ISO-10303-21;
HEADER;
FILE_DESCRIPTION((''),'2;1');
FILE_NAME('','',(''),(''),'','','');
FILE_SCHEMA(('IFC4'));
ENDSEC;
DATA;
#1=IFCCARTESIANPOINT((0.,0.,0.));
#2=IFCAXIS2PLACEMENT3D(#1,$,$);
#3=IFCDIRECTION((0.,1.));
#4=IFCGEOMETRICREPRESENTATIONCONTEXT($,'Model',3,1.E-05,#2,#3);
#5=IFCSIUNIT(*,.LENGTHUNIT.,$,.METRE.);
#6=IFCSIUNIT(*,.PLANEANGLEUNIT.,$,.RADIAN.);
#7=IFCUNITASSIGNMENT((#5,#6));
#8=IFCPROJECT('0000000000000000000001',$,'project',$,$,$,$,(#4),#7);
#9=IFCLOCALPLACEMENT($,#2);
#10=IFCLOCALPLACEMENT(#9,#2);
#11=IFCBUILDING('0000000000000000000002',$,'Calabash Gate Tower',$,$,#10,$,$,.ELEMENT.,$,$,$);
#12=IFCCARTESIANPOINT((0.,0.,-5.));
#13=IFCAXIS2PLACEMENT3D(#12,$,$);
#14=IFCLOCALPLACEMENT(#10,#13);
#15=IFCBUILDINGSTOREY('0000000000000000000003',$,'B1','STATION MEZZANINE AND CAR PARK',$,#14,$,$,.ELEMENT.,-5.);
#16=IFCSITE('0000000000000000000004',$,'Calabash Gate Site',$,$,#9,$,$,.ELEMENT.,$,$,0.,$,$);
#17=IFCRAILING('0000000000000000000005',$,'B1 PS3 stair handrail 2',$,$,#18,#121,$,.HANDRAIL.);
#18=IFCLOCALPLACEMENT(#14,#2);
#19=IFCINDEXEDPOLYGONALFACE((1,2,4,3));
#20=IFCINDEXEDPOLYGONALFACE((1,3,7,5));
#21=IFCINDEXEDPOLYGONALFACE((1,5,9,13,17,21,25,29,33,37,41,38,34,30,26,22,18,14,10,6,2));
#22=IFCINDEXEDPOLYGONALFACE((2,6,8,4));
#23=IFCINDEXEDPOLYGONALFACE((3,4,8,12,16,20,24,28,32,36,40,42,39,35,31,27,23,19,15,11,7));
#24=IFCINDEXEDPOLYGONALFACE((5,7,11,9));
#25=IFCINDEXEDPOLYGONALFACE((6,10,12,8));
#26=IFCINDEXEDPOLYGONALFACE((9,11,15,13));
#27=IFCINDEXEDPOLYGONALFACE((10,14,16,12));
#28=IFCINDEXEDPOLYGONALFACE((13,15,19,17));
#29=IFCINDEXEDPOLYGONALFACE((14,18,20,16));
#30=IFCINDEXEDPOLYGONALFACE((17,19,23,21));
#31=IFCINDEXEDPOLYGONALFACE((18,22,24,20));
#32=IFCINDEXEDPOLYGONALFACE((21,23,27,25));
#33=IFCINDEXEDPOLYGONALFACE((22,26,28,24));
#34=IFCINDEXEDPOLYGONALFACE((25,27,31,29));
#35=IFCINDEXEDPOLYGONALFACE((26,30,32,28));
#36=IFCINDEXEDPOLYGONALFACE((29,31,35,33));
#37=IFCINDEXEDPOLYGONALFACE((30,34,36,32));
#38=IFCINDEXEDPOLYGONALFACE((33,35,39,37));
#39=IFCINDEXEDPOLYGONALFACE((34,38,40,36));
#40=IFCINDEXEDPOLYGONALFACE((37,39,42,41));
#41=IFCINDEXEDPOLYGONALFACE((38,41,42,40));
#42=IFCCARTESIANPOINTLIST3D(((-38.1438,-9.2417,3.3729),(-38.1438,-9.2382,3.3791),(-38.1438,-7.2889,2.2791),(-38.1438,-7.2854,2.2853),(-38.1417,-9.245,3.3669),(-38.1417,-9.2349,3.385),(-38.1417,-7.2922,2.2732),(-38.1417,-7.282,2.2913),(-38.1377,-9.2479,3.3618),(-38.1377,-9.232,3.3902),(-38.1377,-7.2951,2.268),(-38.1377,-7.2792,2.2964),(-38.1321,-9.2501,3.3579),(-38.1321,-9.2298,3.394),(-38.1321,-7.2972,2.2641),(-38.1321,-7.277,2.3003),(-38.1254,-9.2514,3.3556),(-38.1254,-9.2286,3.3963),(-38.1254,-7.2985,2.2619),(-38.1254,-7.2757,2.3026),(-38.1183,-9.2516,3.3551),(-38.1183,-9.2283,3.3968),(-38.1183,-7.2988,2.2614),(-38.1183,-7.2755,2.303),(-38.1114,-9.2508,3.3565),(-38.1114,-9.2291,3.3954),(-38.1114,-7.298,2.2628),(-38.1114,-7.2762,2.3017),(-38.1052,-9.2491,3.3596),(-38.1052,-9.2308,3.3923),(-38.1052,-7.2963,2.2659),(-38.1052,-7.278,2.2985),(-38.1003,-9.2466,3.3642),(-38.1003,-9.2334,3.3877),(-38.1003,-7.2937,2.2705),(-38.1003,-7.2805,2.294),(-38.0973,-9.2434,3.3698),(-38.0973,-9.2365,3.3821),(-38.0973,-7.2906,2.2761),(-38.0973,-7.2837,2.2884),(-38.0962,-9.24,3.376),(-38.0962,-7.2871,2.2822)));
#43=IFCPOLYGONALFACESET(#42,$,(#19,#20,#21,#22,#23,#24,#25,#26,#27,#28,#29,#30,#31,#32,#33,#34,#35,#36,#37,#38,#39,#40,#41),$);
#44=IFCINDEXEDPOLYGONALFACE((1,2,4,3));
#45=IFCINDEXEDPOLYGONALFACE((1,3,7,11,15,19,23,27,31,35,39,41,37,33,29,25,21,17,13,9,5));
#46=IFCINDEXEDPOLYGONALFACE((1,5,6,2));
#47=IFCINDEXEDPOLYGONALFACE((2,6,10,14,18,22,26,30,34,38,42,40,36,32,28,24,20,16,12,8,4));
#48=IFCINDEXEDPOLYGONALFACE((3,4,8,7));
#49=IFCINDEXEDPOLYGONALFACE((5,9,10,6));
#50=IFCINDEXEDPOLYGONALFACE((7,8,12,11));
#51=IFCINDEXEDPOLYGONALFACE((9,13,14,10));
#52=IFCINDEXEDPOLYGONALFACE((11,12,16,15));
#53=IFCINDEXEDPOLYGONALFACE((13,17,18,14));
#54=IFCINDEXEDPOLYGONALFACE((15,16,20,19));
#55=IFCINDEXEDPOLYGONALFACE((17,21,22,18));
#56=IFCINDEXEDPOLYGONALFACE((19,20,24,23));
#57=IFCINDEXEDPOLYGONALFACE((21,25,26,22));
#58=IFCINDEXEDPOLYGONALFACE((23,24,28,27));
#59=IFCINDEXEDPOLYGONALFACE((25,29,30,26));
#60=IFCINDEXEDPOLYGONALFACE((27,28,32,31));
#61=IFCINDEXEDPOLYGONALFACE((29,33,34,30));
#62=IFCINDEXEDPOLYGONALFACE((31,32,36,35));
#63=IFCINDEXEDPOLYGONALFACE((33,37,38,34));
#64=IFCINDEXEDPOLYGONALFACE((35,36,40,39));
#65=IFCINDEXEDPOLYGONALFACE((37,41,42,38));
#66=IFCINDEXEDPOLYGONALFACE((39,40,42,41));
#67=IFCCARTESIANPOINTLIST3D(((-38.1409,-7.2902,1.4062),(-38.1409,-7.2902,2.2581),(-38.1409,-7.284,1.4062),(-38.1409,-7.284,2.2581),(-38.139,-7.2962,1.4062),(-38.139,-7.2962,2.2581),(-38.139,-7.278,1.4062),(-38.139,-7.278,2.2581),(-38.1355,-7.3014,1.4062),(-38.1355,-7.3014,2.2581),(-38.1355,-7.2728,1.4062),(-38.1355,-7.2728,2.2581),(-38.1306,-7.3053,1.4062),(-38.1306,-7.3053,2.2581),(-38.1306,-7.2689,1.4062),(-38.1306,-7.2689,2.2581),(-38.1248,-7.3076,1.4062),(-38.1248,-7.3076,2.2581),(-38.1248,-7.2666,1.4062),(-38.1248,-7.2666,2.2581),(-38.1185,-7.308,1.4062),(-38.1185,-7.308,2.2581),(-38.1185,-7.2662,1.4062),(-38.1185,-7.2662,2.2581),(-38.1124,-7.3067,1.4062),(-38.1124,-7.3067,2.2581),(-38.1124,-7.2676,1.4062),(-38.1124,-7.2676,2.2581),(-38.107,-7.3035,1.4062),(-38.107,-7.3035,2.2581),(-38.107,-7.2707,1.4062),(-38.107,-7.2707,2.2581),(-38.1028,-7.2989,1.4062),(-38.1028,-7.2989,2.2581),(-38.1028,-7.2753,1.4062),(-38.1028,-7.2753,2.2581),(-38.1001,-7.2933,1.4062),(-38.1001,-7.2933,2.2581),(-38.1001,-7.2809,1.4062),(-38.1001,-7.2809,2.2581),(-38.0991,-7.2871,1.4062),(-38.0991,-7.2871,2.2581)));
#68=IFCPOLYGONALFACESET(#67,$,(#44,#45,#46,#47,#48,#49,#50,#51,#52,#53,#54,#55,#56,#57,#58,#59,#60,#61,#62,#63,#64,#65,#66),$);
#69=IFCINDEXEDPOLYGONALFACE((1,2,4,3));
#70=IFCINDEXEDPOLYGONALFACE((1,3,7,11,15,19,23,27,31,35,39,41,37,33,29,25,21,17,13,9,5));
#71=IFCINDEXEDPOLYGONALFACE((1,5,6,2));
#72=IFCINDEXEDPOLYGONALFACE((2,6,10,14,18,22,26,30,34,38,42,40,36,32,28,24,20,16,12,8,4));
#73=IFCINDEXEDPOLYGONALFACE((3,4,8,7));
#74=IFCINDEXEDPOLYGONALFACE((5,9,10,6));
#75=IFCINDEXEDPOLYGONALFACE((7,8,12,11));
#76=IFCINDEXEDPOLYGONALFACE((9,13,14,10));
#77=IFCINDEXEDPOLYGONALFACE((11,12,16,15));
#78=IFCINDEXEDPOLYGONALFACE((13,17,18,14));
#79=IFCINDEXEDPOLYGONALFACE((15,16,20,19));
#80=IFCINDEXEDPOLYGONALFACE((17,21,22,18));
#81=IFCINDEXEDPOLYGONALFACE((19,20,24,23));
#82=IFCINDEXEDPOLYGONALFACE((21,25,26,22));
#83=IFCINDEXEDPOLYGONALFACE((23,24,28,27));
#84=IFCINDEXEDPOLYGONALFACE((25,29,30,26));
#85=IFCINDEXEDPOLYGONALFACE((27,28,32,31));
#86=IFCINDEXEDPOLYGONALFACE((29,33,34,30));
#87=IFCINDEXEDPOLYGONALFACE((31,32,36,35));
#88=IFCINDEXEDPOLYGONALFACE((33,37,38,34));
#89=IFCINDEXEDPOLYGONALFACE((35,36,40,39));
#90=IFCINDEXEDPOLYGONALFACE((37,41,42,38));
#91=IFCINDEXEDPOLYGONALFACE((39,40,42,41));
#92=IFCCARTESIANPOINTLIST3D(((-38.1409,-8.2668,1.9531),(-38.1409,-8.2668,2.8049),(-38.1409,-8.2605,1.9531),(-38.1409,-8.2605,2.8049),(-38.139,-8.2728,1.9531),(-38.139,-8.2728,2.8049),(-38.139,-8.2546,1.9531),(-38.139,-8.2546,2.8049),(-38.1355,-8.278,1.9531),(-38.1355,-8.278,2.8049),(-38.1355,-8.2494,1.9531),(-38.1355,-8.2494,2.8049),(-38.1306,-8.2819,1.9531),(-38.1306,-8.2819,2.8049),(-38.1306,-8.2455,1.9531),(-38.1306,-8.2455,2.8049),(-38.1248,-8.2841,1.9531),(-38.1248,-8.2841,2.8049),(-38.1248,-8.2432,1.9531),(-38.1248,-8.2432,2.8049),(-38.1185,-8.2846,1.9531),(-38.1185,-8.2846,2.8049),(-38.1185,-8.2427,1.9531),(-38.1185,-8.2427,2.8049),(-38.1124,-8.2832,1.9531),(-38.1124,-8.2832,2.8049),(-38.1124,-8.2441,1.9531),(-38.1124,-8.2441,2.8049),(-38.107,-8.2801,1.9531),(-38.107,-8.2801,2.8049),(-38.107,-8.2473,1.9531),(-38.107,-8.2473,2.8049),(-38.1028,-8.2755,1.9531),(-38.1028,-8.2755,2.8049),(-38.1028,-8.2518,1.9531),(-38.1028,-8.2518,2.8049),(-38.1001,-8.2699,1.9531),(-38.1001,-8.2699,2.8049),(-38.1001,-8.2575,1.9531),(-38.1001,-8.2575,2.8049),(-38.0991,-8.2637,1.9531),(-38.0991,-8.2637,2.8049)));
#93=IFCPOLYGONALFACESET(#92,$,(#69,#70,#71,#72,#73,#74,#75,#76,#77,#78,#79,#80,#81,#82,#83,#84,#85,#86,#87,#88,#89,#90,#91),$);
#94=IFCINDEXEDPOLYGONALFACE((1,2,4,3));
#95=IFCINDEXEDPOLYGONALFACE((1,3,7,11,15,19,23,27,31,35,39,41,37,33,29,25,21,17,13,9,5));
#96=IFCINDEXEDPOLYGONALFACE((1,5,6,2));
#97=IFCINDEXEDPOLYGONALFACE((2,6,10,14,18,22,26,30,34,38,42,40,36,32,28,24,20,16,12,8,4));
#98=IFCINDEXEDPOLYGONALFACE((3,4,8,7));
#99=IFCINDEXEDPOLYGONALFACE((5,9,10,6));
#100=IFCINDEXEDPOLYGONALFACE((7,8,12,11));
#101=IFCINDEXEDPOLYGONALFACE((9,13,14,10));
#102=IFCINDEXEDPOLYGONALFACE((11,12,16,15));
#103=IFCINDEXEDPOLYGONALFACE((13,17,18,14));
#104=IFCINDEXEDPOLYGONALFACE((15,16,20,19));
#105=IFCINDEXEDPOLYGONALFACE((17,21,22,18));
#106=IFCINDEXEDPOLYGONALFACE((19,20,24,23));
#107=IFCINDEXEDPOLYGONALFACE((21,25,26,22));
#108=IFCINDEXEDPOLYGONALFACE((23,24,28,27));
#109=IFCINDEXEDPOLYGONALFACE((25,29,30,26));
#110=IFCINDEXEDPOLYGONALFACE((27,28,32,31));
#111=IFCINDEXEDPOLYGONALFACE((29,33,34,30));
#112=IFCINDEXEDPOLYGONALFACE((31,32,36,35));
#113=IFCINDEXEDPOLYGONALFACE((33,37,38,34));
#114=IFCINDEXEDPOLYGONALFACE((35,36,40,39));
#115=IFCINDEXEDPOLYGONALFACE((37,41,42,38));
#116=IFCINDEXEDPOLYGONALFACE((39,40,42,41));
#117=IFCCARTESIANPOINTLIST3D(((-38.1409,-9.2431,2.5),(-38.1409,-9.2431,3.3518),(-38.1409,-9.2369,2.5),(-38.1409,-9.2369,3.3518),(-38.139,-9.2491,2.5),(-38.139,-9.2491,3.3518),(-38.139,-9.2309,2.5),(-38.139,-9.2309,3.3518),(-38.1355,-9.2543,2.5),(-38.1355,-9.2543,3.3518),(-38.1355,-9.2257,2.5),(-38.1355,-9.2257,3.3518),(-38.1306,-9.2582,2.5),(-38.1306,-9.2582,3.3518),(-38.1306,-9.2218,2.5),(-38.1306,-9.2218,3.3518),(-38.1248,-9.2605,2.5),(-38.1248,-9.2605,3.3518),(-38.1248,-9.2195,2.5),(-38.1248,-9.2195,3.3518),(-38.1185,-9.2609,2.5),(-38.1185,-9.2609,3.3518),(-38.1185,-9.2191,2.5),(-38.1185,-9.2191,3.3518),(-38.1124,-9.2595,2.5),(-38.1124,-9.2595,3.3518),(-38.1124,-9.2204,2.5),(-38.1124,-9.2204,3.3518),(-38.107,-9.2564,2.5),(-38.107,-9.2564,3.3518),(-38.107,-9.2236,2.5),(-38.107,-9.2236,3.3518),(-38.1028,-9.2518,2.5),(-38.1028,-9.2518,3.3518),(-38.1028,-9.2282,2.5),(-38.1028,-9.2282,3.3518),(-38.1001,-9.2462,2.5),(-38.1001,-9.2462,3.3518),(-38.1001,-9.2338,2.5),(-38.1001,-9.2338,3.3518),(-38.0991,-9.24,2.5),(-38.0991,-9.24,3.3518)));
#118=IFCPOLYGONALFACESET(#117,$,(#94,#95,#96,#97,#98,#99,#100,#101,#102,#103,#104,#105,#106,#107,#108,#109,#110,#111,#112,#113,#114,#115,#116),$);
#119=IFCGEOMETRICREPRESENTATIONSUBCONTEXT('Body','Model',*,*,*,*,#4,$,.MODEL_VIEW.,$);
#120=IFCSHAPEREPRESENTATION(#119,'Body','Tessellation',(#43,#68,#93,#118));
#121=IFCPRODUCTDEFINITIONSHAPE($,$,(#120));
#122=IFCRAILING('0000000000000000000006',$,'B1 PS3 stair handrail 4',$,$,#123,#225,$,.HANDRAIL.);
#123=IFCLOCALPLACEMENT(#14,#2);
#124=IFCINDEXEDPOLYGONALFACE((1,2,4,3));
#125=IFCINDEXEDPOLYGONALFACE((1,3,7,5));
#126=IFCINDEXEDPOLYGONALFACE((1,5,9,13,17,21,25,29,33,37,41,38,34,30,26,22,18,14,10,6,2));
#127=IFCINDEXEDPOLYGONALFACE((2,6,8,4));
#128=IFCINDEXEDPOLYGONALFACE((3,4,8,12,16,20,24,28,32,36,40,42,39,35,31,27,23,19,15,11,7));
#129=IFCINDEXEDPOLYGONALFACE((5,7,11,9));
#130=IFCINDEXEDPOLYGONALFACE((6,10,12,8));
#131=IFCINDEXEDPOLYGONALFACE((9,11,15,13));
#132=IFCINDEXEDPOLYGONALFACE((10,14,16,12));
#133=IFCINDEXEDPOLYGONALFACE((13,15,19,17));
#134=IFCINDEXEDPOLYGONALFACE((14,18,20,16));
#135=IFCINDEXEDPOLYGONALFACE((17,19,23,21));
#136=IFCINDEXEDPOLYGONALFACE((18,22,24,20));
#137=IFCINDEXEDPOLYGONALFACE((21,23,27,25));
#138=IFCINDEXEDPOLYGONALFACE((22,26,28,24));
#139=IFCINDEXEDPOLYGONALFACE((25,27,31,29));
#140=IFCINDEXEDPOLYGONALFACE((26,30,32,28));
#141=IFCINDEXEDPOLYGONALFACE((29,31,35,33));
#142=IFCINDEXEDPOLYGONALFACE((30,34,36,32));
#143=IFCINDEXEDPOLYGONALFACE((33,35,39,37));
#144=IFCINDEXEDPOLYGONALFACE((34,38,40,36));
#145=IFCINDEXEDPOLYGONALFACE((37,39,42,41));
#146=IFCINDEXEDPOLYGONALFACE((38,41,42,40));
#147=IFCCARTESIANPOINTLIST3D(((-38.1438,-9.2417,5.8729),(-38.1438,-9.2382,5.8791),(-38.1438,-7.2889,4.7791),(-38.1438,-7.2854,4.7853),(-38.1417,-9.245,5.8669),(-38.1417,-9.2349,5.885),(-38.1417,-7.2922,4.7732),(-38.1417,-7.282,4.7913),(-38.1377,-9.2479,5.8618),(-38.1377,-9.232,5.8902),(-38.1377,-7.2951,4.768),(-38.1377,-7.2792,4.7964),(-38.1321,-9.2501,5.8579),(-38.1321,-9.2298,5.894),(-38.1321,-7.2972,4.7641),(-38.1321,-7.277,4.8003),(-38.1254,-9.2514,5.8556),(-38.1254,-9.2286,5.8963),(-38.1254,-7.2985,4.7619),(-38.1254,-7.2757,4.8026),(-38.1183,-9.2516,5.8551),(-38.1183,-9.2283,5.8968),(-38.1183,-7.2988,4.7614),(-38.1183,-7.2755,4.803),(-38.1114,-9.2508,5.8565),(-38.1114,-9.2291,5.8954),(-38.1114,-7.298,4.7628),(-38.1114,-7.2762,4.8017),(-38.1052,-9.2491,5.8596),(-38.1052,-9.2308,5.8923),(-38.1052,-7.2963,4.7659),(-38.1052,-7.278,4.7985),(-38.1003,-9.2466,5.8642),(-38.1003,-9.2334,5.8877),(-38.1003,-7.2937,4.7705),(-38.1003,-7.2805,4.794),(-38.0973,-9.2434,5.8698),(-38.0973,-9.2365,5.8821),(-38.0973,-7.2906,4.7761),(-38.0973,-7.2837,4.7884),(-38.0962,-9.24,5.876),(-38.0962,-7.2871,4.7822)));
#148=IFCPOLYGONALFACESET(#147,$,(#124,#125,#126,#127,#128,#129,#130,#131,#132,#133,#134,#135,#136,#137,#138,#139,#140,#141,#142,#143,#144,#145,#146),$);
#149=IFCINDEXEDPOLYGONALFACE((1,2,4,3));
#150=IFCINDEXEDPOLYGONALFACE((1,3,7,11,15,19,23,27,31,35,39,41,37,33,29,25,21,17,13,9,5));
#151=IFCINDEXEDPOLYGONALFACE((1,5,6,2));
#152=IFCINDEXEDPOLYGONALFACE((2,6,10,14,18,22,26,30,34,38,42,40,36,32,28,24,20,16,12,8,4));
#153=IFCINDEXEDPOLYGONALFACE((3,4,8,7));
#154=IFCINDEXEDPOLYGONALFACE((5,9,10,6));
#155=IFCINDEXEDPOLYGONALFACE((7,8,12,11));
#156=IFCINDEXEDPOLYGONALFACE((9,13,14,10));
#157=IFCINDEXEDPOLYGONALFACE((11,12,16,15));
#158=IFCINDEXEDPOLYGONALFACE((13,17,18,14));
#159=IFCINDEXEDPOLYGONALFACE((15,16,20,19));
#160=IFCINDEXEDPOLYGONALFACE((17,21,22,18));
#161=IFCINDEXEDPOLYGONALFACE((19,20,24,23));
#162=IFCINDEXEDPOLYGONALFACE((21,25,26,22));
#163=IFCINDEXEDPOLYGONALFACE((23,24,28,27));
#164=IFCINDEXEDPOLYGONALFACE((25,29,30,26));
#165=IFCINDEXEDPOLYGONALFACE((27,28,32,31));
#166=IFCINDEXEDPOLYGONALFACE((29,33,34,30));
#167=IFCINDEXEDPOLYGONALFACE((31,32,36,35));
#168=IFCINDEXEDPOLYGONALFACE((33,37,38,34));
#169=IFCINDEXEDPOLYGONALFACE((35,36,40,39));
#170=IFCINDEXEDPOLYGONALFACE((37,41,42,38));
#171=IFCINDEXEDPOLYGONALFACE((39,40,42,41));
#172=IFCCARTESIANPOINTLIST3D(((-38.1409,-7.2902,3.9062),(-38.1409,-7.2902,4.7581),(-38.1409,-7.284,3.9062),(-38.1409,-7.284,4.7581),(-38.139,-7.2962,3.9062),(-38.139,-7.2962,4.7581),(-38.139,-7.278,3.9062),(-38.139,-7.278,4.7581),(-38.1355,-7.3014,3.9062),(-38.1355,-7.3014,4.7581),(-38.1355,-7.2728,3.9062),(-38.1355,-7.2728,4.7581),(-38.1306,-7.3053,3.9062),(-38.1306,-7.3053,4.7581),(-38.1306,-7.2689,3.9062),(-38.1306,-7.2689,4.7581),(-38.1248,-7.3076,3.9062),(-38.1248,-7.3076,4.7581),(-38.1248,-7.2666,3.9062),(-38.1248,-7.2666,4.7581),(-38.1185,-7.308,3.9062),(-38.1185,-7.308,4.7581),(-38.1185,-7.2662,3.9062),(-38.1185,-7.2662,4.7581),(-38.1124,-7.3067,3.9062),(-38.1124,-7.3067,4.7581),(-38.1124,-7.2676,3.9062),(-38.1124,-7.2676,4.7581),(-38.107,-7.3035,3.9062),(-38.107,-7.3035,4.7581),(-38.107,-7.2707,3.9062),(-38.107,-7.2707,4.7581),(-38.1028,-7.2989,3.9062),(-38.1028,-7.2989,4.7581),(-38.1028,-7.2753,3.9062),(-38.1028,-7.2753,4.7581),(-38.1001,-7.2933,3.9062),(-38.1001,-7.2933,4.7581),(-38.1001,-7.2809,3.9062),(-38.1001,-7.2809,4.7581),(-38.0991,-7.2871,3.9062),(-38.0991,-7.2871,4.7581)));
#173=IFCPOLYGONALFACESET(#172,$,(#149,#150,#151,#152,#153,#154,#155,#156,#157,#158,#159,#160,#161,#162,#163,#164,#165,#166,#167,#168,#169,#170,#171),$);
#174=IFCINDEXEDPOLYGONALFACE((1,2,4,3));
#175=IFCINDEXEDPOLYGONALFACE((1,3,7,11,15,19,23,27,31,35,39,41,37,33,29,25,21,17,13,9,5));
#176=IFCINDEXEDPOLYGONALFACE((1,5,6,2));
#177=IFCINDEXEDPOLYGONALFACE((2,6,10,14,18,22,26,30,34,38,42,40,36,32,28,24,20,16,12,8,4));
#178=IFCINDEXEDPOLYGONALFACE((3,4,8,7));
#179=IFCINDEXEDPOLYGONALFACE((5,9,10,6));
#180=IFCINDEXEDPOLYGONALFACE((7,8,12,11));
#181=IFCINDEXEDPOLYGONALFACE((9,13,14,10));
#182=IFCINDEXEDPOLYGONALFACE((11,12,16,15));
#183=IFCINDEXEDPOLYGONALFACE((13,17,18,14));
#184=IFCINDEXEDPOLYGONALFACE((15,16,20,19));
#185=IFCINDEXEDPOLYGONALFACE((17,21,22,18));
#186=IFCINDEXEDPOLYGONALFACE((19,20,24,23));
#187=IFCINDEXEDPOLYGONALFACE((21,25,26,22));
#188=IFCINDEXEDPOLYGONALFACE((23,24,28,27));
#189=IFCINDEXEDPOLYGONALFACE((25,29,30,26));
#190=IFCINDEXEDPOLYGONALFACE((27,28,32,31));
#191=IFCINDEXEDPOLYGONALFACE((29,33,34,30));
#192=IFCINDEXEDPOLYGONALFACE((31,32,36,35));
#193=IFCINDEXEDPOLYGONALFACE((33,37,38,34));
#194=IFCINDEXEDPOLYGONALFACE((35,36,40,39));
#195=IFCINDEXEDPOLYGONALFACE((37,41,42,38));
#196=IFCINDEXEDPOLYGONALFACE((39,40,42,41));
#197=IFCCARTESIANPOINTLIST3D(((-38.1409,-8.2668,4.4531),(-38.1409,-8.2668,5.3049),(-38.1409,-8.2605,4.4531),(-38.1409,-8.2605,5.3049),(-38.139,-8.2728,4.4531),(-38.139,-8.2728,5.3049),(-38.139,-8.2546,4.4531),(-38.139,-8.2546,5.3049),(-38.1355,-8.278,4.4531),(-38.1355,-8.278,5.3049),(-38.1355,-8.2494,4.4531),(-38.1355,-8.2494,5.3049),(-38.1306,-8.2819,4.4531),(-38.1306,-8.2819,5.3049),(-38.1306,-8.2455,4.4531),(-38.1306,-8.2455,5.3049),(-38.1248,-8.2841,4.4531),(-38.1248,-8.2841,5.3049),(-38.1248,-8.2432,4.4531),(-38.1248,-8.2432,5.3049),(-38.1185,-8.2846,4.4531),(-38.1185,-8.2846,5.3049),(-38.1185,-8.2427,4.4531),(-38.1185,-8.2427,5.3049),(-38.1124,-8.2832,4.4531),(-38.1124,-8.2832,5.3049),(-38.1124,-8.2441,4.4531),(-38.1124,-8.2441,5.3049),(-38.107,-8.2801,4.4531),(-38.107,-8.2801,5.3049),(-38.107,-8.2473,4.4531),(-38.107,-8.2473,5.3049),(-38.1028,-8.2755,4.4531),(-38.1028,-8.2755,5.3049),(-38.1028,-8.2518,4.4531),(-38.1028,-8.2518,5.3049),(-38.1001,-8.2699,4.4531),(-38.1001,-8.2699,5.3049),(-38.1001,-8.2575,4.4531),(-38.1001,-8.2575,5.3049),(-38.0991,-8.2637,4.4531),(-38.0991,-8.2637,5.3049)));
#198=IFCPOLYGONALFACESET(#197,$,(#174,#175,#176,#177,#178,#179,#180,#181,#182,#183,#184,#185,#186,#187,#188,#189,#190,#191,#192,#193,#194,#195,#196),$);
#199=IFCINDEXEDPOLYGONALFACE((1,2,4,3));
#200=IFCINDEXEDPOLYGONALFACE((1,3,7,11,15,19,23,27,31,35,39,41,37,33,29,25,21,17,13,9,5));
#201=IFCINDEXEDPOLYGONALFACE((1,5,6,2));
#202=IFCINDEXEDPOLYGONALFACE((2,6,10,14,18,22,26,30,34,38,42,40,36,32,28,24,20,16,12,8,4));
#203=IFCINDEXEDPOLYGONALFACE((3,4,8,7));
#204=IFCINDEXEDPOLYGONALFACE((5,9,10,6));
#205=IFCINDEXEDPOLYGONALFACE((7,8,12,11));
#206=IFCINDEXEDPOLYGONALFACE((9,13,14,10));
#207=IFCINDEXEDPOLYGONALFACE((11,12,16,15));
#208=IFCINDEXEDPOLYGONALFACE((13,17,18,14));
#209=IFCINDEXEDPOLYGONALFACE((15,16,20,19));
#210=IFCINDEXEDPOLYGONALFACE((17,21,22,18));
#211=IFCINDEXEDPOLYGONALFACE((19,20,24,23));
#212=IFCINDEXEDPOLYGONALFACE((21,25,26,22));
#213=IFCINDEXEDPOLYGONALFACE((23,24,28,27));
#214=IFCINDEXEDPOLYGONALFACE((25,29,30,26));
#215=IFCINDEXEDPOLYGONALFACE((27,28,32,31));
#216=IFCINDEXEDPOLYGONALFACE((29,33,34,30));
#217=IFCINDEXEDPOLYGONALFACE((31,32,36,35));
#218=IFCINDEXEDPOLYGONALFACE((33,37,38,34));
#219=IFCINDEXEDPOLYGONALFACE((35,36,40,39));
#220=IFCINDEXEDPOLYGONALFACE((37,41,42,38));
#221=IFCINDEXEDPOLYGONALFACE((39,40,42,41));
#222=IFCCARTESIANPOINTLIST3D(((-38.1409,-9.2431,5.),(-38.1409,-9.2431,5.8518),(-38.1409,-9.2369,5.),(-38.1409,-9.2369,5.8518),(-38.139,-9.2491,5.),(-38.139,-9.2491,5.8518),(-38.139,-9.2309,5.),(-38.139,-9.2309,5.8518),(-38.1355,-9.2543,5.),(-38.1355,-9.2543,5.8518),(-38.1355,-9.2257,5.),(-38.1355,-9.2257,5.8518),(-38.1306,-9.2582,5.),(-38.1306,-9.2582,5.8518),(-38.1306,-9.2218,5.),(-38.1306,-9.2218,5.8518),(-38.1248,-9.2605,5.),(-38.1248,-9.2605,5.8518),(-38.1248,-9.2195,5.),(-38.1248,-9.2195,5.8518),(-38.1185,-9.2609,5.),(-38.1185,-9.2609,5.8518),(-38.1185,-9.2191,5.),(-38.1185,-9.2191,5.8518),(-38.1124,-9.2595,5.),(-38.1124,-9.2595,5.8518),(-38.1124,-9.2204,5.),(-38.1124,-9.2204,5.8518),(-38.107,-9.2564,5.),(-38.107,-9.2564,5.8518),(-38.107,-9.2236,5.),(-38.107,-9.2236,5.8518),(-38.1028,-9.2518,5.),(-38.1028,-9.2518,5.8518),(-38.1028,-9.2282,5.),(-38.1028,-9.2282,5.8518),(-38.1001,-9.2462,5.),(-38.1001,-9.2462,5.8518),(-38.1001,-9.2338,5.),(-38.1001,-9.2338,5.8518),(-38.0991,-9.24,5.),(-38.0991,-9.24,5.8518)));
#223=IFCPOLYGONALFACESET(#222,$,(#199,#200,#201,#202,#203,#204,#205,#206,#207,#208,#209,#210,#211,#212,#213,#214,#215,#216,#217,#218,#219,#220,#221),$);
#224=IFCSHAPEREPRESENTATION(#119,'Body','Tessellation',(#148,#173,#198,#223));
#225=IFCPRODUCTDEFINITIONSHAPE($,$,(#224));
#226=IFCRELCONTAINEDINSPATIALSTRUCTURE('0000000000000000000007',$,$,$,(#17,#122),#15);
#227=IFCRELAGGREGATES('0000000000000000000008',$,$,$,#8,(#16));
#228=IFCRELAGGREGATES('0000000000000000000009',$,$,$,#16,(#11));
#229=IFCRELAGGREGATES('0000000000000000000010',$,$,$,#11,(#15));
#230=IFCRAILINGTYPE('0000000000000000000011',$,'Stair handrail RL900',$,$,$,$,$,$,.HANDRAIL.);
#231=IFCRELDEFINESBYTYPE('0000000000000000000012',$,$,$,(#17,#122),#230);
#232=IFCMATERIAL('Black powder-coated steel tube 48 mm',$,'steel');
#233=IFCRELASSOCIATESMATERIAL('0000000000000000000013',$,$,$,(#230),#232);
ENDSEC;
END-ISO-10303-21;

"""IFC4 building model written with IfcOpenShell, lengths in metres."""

from ifc_helpers import new_model, si_unit, direction, frame, origin, origin_2d, place, context, subcontext, project, spatial, circle, extrude, material, type_object, element, save


model = new_model("IFC4")

# Units and contexts
model_context = context("Model", 3, precision=1e-05, world=origin(), true_north=direction((0.0, 1.0)))
body_context = subcontext(model_context, "Body", "Model", "MODEL_VIEW")
ifc_project = project(units=[si_unit("LENGTHUNIT", "METRE"), si_unit("PLANEANGLEUNIT", "RADIAN")], contexts=[model_context])

# Site, building, storey
site_placement = place(None, origin())
site = spatial("IfcSite", under=ifc_project, at=site_placement, Name="Calabash Gate Site", CompositionType="ELEMENT", RefElevation=0.0)
building_placement = place(site_placement, origin())
building = spatial("IfcBuilding", under=site, at=building_placement, Name="Calabash Gate Tower", CompositionType="ELEMENT")
storey_placement = place(building_placement, frame((0.0, 0.0, -5.0)))
storey = spatial("IfcBuildingStorey", under=building, at=storey_placement, Name="B1", Description="STATION MEZZANINE AND CAR PARK", CompositionType="ELEMENT", Elevation=-5.0)

# Railings
ifc_material_1 = material(Name="Black powder-coated steel tube 48 mm", Category="steel")
railing_type_1 = type_object("IfcRailingType", Name="Stair handrail RL900", PredefinedType="HANDRAIL", material=ifc_material_1)
for number, where, name in (
    (1, (-38.1201, -7.2871, 1.4062), "B1 PS3 stair handrail 2"),
    (2, (-38.1201, -7.2871, 3.9062), "B1 PS3 stair handrail 4"),
):
    element("IfcRailing", number, at=place(storey_placement, frame(where)), inside=storey, type_object=railing_type_1, Name=name, PredefinedType="HANDRAIL", context=body_context, shape_type="SweptSolid", body=[
        extrude(circle(Radius=0.0239, at=origin_2d()), frame((0.0, 0.0, 0.876), z_axis=(0.0, -0.87248, 0.48865), x_axis=(1.0, 0.0, 0.0)), (0.0, 0.0, 1.0), 2.2383),
        extrude(circle(Radius=0.021, at=origin_2d()), origin(), (0.0, 0.0, 1.0), 0.8518),
        extrude(circle(Radius=0.021, at=origin_2d()), frame((0.0, -0.9766, 0.5469)), (0.0, 0.0, 1.0), 0.8518),
        extrude(circle(Radius=0.021, at=origin_2d()), frame((0.0, -1.9529, 1.0938)), (0.0, 0.0, 1.0), 0.8518),
    ])

save(model, "model.ifc")
